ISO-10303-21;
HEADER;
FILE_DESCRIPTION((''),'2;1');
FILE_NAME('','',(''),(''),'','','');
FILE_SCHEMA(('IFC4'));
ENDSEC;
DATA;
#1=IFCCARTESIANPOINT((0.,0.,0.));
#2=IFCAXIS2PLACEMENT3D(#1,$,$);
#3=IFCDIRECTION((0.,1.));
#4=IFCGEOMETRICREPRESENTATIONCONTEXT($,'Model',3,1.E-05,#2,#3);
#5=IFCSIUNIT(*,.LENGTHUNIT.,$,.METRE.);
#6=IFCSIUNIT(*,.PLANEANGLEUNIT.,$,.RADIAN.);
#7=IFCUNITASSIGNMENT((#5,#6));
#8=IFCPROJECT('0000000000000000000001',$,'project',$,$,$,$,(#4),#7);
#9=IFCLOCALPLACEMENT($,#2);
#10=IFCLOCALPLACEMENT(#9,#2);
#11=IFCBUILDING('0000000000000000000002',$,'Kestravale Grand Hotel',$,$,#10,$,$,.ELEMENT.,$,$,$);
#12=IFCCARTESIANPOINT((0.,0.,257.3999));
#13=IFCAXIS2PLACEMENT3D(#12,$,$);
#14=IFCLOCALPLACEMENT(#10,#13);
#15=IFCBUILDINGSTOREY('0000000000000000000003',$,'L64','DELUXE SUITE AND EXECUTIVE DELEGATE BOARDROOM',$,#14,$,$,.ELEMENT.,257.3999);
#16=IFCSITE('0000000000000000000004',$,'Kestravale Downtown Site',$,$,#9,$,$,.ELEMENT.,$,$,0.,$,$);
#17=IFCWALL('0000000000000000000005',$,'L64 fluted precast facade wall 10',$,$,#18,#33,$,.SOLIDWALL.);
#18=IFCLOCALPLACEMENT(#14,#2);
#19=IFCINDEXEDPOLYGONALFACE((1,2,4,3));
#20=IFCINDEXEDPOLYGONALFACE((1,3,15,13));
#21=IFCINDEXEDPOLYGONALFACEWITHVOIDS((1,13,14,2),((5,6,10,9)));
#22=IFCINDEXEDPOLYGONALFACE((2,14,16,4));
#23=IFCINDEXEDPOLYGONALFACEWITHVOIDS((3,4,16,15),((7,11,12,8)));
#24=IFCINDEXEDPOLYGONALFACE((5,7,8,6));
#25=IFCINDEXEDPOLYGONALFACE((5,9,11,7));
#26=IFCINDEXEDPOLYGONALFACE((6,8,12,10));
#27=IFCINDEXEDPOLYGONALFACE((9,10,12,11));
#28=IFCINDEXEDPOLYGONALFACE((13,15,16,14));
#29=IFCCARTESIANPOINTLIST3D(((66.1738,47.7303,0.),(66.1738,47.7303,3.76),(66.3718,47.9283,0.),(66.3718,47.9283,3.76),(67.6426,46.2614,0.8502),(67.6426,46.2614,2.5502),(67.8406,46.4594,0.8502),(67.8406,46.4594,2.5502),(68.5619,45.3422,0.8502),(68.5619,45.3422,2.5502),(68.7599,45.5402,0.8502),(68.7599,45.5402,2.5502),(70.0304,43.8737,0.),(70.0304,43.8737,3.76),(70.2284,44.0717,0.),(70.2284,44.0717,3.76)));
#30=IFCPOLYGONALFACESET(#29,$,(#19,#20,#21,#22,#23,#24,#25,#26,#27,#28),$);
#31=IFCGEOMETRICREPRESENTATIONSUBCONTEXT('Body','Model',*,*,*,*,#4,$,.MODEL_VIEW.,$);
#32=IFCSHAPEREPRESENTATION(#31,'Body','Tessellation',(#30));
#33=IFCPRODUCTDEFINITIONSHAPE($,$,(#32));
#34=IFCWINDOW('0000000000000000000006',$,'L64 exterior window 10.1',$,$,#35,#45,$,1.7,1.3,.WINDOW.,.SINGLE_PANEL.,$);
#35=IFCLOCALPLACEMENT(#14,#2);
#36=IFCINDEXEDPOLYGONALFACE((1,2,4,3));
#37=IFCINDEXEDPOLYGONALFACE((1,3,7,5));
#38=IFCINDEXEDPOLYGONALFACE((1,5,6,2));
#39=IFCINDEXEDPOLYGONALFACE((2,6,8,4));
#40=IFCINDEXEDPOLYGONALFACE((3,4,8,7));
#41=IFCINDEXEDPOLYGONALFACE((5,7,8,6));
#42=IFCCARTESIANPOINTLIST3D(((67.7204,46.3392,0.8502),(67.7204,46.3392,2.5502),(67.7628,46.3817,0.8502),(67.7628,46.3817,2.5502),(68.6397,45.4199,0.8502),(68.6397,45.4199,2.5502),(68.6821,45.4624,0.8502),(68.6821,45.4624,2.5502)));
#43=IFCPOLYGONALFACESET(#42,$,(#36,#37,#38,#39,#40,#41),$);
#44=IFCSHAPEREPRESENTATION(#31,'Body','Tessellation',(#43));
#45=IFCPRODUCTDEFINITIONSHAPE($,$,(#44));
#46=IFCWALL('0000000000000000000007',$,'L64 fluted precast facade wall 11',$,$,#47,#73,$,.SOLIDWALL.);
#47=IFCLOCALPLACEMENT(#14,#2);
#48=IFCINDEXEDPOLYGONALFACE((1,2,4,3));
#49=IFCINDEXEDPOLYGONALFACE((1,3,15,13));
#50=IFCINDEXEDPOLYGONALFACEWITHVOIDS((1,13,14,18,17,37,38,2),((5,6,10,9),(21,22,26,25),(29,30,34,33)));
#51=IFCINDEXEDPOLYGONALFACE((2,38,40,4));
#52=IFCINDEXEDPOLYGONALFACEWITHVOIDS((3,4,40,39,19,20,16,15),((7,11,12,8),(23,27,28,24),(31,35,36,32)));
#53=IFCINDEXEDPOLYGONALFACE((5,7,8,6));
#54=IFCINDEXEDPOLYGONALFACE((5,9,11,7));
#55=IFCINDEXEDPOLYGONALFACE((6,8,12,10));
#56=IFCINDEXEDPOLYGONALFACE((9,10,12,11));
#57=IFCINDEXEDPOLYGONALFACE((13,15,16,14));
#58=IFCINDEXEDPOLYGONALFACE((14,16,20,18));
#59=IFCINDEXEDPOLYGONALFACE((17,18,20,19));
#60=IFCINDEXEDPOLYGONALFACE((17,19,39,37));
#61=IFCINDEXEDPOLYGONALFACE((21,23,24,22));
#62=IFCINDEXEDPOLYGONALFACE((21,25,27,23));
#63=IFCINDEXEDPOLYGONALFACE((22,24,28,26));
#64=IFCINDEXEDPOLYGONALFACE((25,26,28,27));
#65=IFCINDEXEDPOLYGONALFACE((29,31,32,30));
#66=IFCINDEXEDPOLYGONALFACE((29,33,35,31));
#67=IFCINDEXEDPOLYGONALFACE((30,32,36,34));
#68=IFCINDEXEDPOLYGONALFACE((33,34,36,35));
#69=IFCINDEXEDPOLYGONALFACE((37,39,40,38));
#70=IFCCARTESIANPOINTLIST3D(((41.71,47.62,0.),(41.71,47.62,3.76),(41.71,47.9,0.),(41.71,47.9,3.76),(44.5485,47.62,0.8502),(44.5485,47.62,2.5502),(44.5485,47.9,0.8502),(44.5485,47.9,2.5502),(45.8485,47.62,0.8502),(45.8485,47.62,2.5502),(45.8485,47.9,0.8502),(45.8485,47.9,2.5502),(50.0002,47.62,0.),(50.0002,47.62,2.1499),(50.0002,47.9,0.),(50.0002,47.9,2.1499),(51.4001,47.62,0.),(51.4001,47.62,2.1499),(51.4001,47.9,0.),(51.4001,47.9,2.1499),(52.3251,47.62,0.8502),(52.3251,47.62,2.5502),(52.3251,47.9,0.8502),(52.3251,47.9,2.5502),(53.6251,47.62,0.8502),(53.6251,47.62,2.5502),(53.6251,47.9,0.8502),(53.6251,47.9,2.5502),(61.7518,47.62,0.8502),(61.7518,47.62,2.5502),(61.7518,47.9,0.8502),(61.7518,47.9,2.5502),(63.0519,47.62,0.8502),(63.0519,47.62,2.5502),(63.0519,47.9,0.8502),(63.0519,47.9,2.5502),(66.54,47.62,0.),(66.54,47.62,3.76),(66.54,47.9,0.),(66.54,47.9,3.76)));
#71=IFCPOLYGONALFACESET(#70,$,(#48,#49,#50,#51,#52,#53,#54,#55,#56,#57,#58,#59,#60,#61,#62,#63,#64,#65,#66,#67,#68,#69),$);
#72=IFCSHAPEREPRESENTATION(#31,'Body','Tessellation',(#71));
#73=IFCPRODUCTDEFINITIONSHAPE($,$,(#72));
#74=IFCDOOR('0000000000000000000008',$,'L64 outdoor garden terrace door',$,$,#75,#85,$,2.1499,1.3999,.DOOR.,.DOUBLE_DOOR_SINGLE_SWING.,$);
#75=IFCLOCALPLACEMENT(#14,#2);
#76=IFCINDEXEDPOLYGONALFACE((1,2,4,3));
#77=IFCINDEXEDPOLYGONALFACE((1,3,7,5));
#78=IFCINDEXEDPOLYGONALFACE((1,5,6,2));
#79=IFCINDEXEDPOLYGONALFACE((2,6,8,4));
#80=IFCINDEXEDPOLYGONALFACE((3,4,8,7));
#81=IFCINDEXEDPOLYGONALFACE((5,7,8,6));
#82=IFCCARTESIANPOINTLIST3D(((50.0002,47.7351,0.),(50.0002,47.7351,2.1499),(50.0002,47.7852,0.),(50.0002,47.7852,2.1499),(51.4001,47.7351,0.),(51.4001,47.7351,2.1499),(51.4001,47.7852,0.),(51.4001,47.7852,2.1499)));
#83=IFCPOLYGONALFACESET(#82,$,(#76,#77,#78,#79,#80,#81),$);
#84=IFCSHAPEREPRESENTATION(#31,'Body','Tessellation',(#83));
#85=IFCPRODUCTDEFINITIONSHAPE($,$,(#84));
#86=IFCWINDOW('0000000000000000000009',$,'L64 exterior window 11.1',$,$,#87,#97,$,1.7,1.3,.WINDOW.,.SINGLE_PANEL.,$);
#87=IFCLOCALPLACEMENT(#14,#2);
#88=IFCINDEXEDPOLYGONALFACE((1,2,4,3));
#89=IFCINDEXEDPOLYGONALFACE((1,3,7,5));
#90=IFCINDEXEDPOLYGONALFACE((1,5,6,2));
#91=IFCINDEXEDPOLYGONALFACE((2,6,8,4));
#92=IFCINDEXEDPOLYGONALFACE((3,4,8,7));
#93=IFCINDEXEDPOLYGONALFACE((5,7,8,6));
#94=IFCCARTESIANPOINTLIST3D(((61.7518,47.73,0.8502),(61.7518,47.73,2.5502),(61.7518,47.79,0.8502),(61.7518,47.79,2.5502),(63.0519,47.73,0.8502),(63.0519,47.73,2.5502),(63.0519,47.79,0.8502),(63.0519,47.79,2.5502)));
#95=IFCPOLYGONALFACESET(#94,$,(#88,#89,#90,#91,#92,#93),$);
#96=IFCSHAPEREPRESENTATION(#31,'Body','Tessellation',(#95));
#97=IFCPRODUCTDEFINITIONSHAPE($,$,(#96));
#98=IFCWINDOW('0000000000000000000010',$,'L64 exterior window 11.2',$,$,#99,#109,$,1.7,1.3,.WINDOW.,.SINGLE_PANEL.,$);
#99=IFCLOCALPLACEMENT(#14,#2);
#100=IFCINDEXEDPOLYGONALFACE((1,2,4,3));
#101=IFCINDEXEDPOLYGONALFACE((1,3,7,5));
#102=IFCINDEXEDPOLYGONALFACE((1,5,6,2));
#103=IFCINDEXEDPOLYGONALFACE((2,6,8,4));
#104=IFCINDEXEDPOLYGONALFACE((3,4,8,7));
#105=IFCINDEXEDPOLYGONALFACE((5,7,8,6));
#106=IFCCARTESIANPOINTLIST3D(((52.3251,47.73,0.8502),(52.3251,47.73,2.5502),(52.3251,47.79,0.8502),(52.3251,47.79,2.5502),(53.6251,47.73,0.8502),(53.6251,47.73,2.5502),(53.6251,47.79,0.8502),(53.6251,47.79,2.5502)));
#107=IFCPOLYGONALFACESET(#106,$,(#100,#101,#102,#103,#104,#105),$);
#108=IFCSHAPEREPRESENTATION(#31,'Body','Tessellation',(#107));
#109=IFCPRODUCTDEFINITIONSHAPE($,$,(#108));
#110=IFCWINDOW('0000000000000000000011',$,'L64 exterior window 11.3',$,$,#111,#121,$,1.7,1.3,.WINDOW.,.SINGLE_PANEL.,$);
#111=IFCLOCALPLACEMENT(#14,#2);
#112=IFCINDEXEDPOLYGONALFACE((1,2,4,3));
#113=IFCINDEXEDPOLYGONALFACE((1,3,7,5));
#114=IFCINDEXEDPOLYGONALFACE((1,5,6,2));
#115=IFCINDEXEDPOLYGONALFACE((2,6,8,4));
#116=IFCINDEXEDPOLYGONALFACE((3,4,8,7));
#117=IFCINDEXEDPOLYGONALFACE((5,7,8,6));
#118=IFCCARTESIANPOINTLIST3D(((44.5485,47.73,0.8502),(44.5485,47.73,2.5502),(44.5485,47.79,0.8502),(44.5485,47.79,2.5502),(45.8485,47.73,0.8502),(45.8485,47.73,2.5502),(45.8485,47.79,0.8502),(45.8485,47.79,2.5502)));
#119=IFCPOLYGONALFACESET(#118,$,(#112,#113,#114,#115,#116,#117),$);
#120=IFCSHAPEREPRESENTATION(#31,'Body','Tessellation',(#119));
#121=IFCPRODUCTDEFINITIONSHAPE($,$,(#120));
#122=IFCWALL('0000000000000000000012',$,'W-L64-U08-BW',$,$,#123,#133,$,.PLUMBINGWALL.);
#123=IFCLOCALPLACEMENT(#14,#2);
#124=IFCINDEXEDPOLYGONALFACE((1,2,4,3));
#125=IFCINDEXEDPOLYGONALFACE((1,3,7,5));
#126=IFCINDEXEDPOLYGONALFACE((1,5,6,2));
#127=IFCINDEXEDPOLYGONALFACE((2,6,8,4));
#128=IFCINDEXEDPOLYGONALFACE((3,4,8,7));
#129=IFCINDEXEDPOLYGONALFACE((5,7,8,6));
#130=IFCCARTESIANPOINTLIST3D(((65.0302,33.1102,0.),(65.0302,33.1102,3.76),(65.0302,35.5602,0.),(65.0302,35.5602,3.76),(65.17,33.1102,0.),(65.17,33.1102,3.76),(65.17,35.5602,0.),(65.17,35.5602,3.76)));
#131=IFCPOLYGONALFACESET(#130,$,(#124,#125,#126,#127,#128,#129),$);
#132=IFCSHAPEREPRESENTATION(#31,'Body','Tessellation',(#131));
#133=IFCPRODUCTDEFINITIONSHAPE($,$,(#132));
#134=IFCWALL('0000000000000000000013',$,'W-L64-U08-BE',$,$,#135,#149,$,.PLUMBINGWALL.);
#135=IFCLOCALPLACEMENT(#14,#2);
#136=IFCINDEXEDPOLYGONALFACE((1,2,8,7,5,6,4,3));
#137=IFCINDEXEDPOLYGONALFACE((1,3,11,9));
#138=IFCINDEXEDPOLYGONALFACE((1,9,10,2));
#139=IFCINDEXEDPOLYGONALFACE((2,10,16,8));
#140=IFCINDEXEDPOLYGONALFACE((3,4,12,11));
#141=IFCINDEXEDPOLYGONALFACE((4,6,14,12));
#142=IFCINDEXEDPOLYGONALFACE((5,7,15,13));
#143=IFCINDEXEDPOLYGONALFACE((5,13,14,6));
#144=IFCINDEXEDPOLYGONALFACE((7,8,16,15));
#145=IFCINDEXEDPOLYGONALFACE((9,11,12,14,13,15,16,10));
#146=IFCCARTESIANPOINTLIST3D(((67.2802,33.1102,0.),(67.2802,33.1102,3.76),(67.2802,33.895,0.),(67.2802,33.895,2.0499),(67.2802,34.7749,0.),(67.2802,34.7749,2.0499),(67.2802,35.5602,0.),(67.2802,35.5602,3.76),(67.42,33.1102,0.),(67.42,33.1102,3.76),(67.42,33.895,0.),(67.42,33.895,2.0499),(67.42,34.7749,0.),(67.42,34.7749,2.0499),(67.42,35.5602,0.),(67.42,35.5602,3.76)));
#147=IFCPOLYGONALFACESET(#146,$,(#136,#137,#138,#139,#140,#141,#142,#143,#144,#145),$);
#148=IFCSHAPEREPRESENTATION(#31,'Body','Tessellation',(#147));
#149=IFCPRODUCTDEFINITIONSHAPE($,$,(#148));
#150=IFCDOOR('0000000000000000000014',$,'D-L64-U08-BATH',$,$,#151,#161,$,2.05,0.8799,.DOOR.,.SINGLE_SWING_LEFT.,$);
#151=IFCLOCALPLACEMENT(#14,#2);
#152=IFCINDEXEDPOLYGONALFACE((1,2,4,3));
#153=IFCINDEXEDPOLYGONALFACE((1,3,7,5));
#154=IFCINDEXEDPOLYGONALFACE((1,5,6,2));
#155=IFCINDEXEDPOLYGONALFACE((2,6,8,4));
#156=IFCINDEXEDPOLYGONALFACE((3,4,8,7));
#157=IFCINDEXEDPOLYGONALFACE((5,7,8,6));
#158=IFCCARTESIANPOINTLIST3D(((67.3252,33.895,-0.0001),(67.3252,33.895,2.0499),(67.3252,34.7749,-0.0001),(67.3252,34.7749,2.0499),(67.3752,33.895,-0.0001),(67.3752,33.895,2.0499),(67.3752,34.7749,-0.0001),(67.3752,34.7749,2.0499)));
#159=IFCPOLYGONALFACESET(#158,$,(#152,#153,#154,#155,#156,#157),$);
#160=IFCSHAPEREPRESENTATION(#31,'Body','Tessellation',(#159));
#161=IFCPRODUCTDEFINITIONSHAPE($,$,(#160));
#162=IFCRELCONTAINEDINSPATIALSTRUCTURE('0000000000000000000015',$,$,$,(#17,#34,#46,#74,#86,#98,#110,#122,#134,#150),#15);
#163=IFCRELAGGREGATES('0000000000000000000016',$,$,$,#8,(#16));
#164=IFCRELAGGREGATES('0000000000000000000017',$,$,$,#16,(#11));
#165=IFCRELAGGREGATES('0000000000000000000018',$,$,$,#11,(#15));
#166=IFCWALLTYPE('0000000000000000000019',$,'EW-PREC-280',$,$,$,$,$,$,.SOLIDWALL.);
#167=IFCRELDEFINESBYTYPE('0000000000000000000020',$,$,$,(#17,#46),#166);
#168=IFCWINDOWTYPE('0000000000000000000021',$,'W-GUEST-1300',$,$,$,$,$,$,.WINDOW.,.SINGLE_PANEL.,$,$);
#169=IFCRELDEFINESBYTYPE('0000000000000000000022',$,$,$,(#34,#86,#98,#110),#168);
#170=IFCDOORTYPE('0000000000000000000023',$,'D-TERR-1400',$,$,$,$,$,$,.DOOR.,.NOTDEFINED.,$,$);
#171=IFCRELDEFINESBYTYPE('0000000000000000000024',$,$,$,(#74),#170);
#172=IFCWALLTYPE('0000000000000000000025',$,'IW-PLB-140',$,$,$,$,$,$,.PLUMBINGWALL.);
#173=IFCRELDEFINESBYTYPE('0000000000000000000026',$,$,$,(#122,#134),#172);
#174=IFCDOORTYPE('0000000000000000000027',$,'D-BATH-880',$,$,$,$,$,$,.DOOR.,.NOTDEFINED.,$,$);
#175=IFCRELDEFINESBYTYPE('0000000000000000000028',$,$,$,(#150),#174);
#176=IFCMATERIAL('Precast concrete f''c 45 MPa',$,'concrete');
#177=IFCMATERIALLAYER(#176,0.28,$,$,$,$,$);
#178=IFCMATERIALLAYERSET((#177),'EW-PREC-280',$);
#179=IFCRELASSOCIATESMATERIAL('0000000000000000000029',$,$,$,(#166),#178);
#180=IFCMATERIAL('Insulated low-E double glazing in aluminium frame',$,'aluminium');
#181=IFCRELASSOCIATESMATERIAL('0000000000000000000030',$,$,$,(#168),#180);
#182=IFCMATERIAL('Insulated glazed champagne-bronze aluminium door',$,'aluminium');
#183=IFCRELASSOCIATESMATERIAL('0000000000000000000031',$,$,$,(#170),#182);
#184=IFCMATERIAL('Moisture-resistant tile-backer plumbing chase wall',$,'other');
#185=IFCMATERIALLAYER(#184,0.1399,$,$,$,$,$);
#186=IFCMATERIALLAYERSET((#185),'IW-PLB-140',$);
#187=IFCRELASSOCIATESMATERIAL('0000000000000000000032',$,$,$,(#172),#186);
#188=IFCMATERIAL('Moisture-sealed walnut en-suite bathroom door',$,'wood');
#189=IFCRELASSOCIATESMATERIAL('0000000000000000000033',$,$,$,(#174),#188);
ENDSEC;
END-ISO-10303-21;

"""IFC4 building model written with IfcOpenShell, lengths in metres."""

from ifc_helpers import new_model, si_unit, direction, frame, frame_2d, origin, place, context, subcontext, project, spatial, rectangle, extrude, material, layer, layer_set, type_object, element, fill, save


model = new_model("IFC4")

# Units and contexts
model_context = context("Model", 3, precision=1e-05, world=origin(), true_north=direction((0.0, 1.0)))
body_context = subcontext(model_context, "Body", "Model", "MODEL_VIEW")
ifc_project = project(units=[si_unit("LENGTHUNIT", "METRE"), si_unit("PLANEANGLEUNIT", "RADIAN")], contexts=[model_context])

# Site, building, storey
site_placement = place(None, origin())
site = spatial("IfcSite", under=ifc_project, at=site_placement, Name="Kestravale Downtown Site", CompositionType="ELEMENT", RefElevation=0.0)
building_placement = place(site_placement, origin())
building = spatial("IfcBuilding", under=site, at=building_placement, Name="Kestravale Grand Hotel", CompositionType="ELEMENT")
storey_placement = place(building_placement, frame((0.0, 0.0, 257.3999)))
storey = spatial("IfcBuildingStorey", under=building, at=storey_placement, Name="L64", Description="DELUXE SUITE AND EXECUTIVE DELEGATE BOARDROOM", CompositionType="ELEMENT", Elevation=257.3999)

# Wall, opening, window
ifc_material_1 = material(Name="Precast concrete f'c 45 MPa", Category="concrete")
ifc_layer_1 = layer(ifc_material_1, 0.28)
ifc_layer_set_1 = layer_set([ifc_layer_1], Name="EW-PREC-280")
wall_type_1 = type_object("IfcWallType", Name="EW-PREC-280", PredefinedType="SOLIDWALL", material=ifc_layer_set_1)
wall_1_placement = place(storey_placement, frame((70.1294, 43.9727, 0.0), z_axis=(0.0, 0.0, 1.0), x_axis=(-0.707107, 0.707107, 0.0)))
wall_1 = element("IfcWall", 1, at=wall_1_placement, inside=storey, type_object=wall_type_1, Name="L64 fluted precast facade wall 10", PredefinedType="SOLIDWALL", context=body_context, shape_type="SweptSolid", body=[
    extrude(rectangle(XDim=5.4541, YDim=0.28, at=frame_2d((2.7271, 0.0))), origin(), (0.0, 0.0, 1.0), 3.76),
])
opening_1_placement = place(wall_1_placement, frame((2.0769, 0.0, 0.8501)))
opening_1 = element("IfcOpeningElement", 2, at=opening_1_placement, cuts=wall_1, PredefinedType="OPENING", context=body_context, shape_type="SweptSolid", body=[
    extrude(rectangle(XDim=1.3, YDim=1.7, at=frame_2d((0.6499, 0.8501))), frame((0.0, 0.1499, 0.0), z_axis=(0.0, -1.0, 0.0), x_axis=(1.0, 0.0, 0.0)), (0.0, 0.0, 1.0), 0.3),
])
ifc_material_2 = material(Name="Insulated low-E double glazing in aluminium frame", Category="aluminium")
window_type = type_object("IfcWindowType", Name="W-GUEST-1300", PartitioningType="SINGLE_PANEL", PredefinedType="WINDOW", material=ifc_material_2)
window_1_placement = place(opening_1_placement, origin())
window_1 = element("IfcWindow", 3, at=window_1_placement, inside=storey, type_object=window_type, Name="L64 exterior window 10.1", OverallHeight=1.7, OverallWidth=1.3, PartitioningType="SINGLE_PANEL", PredefinedType="WINDOW", context=body_context, shape_type="SweptSolid", body=[
    extrude(rectangle(XDim=1.3, YDim=1.7, at=frame_2d((0.6499, 0.8501))), frame((0.0, 0.03, 0.0), z_axis=(0.0, -1.0, 0.0), x_axis=(1.0, 0.0, 0.0)), (0.0, 0.0, 1.0), 0.0601),
])
fill(opening_1, window_1)

# Wall, openings, door, windows
wall_2_placement = place(storey_placement, frame((66.54, 47.76, 0.0), z_axis=(0.0, 0.0, 1.0), x_axis=(-1.0, 0.0, 0.0)))
wall_2 = element("IfcWall", 4, at=wall_2_placement, inside=storey, type_object=wall_type_1, Name="L64 fluted precast facade wall 11", PredefinedType="SOLIDWALL", context=body_context, shape_type="SweptSolid", body=[
    extrude(rectangle(XDim=24.8301, YDim=0.28, at=frame_2d((12.415, 0.0))), origin(), (0.0, 0.0, 1.0), 3.76),
])
opening_2_placement = place(wall_2_placement, frame((15.1399, 0.0, 0.0)))
opening_2 = element("IfcOpeningElement", 5, at=opening_2_placement, cuts=wall_2, PredefinedType="OPENING", context=body_context, shape_type="SweptSolid", body=[
    extrude(rectangle(XDim=1.3999, YDim=2.1499, at=frame_2d((0.7, 1.075))), frame((0.0, 0.1499, 0.0), z_axis=(0.0, -1.0, 0.0), x_axis=(1.0, 0.0, 0.0)), (0.0, 0.0, 1.0), 0.3),
])
opening_3_placement = place(wall_2_placement, frame((3.4883, 0.0, 0.8501)))
opening_3 = element("IfcOpeningElement", 6, at=opening_3_placement, cuts=wall_2, PredefinedType="OPENING", context=body_context, shape_type="SweptSolid", body=[
    extrude(rectangle(XDim=1.3, YDim=1.7, at=frame_2d((0.6499, 0.8501))), frame((0.0, 0.1499, 0.0), z_axis=(0.0, -1.0, 0.0), x_axis=(1.0, 0.0, 0.0)), (0.0, 0.0, 1.0), 0.3),
])
opening_4_placement = place(wall_2_placement, frame((12.915, 0.0, 0.8501)))
opening_4 = element("IfcOpeningElement", 7, at=opening_4_placement, cuts=wall_2, PredefinedType="OPENING", context=body_context, shape_type="SweptSolid", body=[
    extrude(rectangle(XDim=1.3, YDim=1.7, at=frame_2d((0.6499, 0.8501))), frame((0.0, 0.1499, 0.0), z_axis=(0.0, -1.0, 0.0), x_axis=(1.0, 0.0, 0.0)), (0.0, 0.0, 1.0), 0.3),
])
opening_5_placement = place(wall_2_placement, frame((20.6917, 0.0, 0.8501)))
opening_5 = element("IfcOpeningElement", 8, at=opening_5_placement, cuts=wall_2, PredefinedType="OPENING", context=body_context, shape_type="SweptSolid", body=[
    extrude(rectangle(XDim=1.3, YDim=1.7, at=frame_2d((0.6499, 0.8501))), frame((0.0, 0.1499, 0.0), z_axis=(0.0, -1.0, 0.0), x_axis=(1.0, 0.0, 0.0)), (0.0, 0.0, 1.0), 0.3),
])
ifc_material_3 = material(Name="Insulated glazed champagne-bronze aluminium door", Category="aluminium")
door_type_1 = type_object("IfcDoorType", Name="D-TERR-1400", OperationType="NOTDEFINED", PredefinedType="DOOR", material=ifc_material_3)
door_1_placement = place(opening_2_placement, origin())
door_1 = element("IfcDoor", 9, at=door_1_placement, inside=storey, type_object=door_type_1, Name="L64 outdoor garden terrace door", OperationType="DOUBLE_DOOR_SINGLE_SWING", OverallHeight=2.1499, OverallWidth=1.3999, PredefinedType="DOOR", context=body_context, shape_type="SweptSolid", body=[
    extrude(rectangle(XDim=1.3999, YDim=2.1499, at=frame_2d((0.7, 1.075))), frame((0.0, 0.0249, 0.0), z_axis=(0.0, -1.0, 0.0), x_axis=(1.0, 0.0, 0.0)), (0.0, 0.0, 1.0), 0.05),
])
fill(opening_2, door_1)
window_2_placement = place(opening_3_placement, origin())
window_2 = element("IfcWindow", 10, at=window_2_placement, inside=storey, type_object=window_type, Name="L64 exterior window 11.1", OverallHeight=1.7, OverallWidth=1.3, PartitioningType="SINGLE_PANEL", PredefinedType="WINDOW", context=body_context, shape_type="SweptSolid", body=[
    extrude(rectangle(XDim=1.3, YDim=1.7, at=frame_2d((0.6499, 0.8501))), frame((0.0, 0.03, 0.0), z_axis=(0.0, -1.0, 0.0), x_axis=(1.0, 0.0, 0.0)), (0.0, 0.0, 1.0), 0.0601),
])
fill(opening_3, window_2)
window_3_placement = place(opening_4_placement, origin())
window_3 = element("IfcWindow", 11, at=window_3_placement, inside=storey, type_object=window_type, Name="L64 exterior window 11.2", OverallHeight=1.7, OverallWidth=1.3, PartitioningType="SINGLE_PANEL", PredefinedType="WINDOW", context=body_context, shape_type="SweptSolid", body=[
    extrude(rectangle(XDim=1.3, YDim=1.7, at=frame_2d((0.6499, 0.8501))), frame((0.0, 0.03, 0.0), z_axis=(0.0, -1.0, 0.0), x_axis=(1.0, 0.0, 0.0)), (0.0, 0.0, 1.0), 0.0601),
])
fill(opening_4, window_3)
window_4_placement = place(opening_5_placement, origin())
window_4 = element("IfcWindow", 12, at=window_4_placement, inside=storey, type_object=window_type, Name="L64 exterior window 11.3", OverallHeight=1.7, OverallWidth=1.3, PartitioningType="SINGLE_PANEL", PredefinedType="WINDOW", context=body_context, shape_type="SweptSolid", body=[
    extrude(rectangle(XDim=1.3, YDim=1.7, at=frame_2d((0.6499, 0.8501))), frame((0.0, 0.03, 0.0), z_axis=(0.0, -1.0, 0.0), x_axis=(1.0, 0.0, 0.0)), (0.0, 0.0, 1.0), 0.0601),
])
fill(opening_5, window_4)

# Wall
ifc_material_4 = material(Name="Moisture-resistant tile-backer plumbing chase wall", Category="other")
ifc_layer_2 = layer(ifc_material_4, 0.1399)
ifc_layer_set_2 = layer_set([ifc_layer_2], Name="IW-PLB-140")
wall_type_2 = type_object("IfcWallType", Name="IW-PLB-140", PredefinedType="PLUMBINGWALL", material=ifc_layer_set_2)
wall_3_placement = place(storey_placement, frame((65.1001, 33.1101, 0.0), z_axis=(0.0, 0.0, 1.0), x_axis=(0.0, 1.0, 0.0)))
element("IfcWall", 13, at=wall_3_placement, inside=storey, type_object=wall_type_2, Name="W-L64-U08-BW", PredefinedType="PLUMBINGWALL", context=body_context, shape_type="SweptSolid", body=[
    extrude(rectangle(XDim=2.45, YDim=0.1399, at=frame_2d((1.2251, 0.0))), origin(), (0.0, 0.0, 1.0), 3.76),
])

# Wall, opening, door
wall_4_placement = place(storey_placement, frame((67.3501, 33.1101, 0.0), z_axis=(0.0, 0.0, 1.0), x_axis=(0.0, 1.0, 0.0)))
wall_4 = element("IfcWall", 14, at=wall_4_placement, inside=storey, type_object=wall_type_2, Name="W-L64-U08-BE", PredefinedType="PLUMBINGWALL", context=body_context, shape_type="SweptSolid", body=[
    extrude(rectangle(XDim=2.45, YDim=0.1399, at=frame_2d((1.2251, 0.0))), origin(), (0.0, 0.0, 1.0), 3.76),
])
opening_6_placement = place(wall_4_placement, frame((0.7849, 0.0, 0.0)))
opening_6 = element("IfcOpeningElement", 15, at=opening_6_placement, cuts=wall_4, PredefinedType="OPENING", context=body_context, shape_type="SweptSolid", body=[
    extrude(rectangle(XDim=0.8799, YDim=2.05, at=frame_2d((0.4399, 1.0249))), frame((0.0, 0.0798, 0.0), z_axis=(0.0, -1.0, 0.0), x_axis=(1.0, 0.0, 0.0)), (0.0, 0.0, 1.0), 0.1599),
])
ifc_material_5 = material(Name="Moisture-sealed walnut en-suite bathroom door", Category="wood")
door_type_2 = type_object("IfcDoorType", Name="D-BATH-880", OperationType="NOTDEFINED", PredefinedType="DOOR", material=ifc_material_5)
door_2_placement = place(opening_6_placement, origin())
door_2 = element("IfcDoor", 16, at=door_2_placement, inside=storey, type_object=door_type_2, Name="D-L64-U08-BATH", OperationType="SINGLE_SWING_LEFT", OverallHeight=2.05, OverallWidth=0.8799, PredefinedType="DOOR", context=body_context, shape_type="SweptSolid", body=[
    extrude(rectangle(XDim=0.8799, YDim=2.05, at=frame_2d((0.4399, 1.0249))), frame((0.0, 0.0249, 0.0), z_axis=(0.0, -1.0, 0.0), x_axis=(1.0, 0.0, 0.0)), (0.0, 0.0, 1.0), 0.05),
])
fill(opening_6, door_2)

save(model, "model.ifc")
